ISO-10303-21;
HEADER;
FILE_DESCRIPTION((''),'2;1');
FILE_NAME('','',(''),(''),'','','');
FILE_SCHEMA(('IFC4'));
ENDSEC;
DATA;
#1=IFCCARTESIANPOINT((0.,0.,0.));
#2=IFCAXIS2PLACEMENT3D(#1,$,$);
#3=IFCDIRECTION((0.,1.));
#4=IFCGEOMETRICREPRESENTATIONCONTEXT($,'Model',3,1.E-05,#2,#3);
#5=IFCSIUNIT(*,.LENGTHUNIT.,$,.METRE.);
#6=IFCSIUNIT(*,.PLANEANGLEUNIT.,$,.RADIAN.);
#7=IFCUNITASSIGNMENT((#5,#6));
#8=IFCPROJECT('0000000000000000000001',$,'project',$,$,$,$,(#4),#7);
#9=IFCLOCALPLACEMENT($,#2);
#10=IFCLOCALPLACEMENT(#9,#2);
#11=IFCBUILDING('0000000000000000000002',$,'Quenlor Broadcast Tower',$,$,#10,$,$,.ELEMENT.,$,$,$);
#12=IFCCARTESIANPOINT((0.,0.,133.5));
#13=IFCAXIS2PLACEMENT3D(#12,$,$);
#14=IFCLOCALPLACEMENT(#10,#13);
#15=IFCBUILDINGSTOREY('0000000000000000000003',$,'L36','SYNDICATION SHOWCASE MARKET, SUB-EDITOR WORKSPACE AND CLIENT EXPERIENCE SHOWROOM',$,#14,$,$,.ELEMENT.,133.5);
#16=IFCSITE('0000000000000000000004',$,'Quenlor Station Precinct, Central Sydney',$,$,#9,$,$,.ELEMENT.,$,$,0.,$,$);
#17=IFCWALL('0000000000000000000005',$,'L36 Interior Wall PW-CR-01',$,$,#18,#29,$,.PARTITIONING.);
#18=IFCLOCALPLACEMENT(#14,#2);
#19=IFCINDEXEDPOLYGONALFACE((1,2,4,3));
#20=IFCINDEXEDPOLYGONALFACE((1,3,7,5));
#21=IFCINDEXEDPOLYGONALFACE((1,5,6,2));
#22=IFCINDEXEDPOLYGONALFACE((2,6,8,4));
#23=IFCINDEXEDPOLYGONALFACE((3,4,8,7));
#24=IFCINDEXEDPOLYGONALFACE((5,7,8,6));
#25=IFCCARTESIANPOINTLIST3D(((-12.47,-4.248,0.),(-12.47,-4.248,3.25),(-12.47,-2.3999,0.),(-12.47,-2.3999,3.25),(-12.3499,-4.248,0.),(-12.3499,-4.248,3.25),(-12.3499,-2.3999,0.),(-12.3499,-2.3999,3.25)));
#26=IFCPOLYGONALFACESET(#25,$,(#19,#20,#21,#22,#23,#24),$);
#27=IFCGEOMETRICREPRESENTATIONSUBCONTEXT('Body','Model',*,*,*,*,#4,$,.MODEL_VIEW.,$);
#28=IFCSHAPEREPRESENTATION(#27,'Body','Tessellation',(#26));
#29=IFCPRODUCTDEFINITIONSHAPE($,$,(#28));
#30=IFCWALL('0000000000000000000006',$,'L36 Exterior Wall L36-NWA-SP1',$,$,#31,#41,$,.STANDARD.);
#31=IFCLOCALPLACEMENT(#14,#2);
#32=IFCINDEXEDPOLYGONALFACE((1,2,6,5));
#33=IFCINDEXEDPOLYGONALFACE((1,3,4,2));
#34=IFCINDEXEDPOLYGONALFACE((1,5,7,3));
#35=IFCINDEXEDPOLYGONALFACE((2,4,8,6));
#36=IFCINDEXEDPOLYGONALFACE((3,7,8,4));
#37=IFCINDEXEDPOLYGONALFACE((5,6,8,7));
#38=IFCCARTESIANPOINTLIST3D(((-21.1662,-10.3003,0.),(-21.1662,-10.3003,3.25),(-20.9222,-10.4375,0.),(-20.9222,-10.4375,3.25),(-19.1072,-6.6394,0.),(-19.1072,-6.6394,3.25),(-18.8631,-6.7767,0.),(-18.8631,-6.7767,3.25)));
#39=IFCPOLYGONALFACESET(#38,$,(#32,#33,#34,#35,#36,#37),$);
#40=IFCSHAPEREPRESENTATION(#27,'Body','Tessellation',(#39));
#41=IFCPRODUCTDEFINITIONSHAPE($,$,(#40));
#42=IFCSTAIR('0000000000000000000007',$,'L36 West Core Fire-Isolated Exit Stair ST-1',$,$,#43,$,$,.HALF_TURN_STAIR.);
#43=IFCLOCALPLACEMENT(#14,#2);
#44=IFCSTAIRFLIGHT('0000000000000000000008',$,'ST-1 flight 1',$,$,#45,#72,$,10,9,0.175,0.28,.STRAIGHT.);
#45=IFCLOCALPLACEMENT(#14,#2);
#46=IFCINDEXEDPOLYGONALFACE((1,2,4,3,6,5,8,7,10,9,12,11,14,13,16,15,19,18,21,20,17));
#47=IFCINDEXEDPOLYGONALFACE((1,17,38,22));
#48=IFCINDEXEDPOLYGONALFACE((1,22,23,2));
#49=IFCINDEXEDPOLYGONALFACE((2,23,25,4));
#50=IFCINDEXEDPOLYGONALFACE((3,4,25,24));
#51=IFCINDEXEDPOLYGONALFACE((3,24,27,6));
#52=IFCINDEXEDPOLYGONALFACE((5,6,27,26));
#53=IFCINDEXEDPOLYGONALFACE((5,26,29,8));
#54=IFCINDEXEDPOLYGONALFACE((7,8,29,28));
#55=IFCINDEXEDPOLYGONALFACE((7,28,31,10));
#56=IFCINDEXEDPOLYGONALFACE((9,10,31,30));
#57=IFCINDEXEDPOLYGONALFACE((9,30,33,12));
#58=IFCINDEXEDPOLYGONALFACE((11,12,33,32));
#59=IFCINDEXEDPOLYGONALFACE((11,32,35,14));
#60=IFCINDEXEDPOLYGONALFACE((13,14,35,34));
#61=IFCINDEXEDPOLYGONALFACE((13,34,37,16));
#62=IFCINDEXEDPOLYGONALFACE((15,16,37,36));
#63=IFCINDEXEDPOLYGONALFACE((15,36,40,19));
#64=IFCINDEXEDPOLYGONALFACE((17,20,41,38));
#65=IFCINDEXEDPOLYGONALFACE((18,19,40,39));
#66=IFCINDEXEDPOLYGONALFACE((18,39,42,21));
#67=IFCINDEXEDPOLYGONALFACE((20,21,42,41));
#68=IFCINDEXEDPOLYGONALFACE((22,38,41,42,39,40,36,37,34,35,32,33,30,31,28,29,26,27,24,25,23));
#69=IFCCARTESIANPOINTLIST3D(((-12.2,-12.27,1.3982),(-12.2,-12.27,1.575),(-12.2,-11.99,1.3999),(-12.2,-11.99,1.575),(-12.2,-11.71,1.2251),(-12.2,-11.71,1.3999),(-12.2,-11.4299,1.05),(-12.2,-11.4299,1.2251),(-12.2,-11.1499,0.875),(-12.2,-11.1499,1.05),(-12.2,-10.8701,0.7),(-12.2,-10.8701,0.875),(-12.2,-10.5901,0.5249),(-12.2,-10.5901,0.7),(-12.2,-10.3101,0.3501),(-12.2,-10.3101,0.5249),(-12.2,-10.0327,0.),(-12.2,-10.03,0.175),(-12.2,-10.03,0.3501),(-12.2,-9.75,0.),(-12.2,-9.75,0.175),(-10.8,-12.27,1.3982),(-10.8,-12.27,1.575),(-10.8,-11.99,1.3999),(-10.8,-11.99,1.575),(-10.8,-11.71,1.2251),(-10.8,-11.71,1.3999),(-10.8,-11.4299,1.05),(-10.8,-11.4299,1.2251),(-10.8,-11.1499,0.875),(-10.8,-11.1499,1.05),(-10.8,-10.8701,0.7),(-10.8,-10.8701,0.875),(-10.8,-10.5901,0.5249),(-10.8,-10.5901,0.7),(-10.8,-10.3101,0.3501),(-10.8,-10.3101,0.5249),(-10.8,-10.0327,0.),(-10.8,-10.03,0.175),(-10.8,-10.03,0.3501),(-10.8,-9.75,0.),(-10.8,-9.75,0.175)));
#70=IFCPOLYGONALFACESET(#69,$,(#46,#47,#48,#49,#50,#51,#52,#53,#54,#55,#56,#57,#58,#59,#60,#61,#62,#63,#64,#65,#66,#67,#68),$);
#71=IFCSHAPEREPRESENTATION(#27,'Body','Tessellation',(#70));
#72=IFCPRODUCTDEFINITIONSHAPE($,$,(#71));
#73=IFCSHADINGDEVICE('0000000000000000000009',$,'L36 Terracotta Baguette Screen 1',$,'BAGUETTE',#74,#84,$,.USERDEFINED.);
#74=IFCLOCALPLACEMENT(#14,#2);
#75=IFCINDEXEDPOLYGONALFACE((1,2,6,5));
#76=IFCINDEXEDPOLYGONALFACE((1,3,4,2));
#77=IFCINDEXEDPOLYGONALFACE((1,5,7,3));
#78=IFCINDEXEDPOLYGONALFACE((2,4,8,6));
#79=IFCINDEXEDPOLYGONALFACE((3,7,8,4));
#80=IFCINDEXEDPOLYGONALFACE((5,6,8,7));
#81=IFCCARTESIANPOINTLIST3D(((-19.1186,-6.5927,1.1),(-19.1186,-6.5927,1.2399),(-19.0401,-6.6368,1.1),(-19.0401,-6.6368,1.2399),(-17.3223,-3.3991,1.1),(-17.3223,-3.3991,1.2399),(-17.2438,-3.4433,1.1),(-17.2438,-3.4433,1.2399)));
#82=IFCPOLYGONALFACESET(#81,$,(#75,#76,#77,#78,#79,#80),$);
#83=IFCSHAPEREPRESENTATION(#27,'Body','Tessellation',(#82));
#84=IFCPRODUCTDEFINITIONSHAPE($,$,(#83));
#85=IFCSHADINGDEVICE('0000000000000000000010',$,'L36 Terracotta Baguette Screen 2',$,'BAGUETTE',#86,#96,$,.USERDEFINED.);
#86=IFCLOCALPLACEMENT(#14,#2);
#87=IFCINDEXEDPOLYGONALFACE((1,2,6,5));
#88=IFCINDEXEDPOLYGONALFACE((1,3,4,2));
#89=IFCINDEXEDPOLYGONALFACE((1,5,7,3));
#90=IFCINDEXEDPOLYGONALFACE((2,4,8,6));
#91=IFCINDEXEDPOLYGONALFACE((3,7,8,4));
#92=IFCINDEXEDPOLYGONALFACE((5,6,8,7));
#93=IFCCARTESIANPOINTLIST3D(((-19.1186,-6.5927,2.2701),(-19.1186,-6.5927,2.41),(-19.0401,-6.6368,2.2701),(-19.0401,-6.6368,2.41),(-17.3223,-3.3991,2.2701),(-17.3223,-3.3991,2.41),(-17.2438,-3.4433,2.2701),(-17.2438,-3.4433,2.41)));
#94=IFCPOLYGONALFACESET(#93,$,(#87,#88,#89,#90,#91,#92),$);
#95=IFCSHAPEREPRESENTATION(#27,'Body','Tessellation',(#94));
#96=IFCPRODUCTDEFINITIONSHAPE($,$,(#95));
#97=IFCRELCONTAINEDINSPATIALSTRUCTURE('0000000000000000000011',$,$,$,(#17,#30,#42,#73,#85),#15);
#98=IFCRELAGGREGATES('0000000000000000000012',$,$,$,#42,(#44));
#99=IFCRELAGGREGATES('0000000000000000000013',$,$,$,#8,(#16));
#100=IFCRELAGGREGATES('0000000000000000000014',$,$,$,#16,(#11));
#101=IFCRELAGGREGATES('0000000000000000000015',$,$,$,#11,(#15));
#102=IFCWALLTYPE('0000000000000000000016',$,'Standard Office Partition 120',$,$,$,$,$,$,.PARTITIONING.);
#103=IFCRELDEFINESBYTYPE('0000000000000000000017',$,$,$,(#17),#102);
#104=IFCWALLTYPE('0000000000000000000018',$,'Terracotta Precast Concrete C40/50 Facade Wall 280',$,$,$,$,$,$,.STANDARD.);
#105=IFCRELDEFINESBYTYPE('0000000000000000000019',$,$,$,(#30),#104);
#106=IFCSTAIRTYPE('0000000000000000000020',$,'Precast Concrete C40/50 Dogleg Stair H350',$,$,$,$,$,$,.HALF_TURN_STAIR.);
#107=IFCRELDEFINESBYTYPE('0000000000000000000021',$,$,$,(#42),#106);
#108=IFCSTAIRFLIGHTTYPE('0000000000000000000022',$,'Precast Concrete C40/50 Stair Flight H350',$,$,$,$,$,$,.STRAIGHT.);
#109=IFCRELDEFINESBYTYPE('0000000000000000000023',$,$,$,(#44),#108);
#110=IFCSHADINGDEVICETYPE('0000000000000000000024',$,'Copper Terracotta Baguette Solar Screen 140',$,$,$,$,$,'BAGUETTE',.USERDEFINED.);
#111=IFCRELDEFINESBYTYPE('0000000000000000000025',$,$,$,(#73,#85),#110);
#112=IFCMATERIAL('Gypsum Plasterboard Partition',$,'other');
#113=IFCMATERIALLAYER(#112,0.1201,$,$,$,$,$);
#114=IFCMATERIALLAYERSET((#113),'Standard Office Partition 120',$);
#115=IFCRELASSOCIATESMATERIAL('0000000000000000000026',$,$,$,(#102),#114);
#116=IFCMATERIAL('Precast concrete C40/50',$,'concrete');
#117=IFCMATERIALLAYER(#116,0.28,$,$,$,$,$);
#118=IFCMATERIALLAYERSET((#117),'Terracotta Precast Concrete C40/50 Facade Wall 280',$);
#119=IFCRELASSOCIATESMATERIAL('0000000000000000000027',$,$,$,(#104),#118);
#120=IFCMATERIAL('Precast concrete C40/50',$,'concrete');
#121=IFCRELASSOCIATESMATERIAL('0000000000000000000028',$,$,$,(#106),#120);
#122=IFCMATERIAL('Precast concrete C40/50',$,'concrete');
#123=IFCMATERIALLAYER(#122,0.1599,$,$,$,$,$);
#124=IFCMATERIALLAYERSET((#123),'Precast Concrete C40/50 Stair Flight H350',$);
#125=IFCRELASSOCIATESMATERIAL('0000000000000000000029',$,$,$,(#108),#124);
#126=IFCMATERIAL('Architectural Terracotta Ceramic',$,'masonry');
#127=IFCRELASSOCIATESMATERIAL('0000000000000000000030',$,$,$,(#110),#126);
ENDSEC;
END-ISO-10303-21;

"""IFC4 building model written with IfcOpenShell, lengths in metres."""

from ifc_helpers import new_model, si_unit, direction, frame, frame_2d, origin, origin_2d, place, context, subcontext, project, spatial, polyline, rectangle, outline, extrude, material, layer, layer_set, material_profile, profile_set, type_object, element, aggregate, save


model = new_model("IFC4")

# Units and contexts
model_context = context("Model", 3, precision=1e-05, world=origin(), true_north=direction((0.0, 1.0)))
body_context = subcontext(model_context, "Body", "Model", "MODEL_VIEW")
ifc_project = project(units=[si_unit("LENGTHUNIT", "METRE"), si_unit("PLANEANGLEUNIT", "RADIAN")], contexts=[model_context])

# Site, building, storey
site_placement = place(None, origin())
site = spatial("IfcSite", under=ifc_project, at=site_placement, Name="Quenlor Station Precinct, Central Sydney", CompositionType="ELEMENT", RefElevation=0.0)
building_placement = place(site_placement, origin())
building = spatial("IfcBuilding", under=site, at=building_placement, Name="Quenlor Broadcast Tower", CompositionType="ELEMENT")
storey_placement = place(building_placement, frame((0.0, 0.0, 133.5)))
storey = spatial("IfcBuildingStorey", under=building, at=storey_placement, Name="L36", Description="SYNDICATION SHOWCASE MARKET, SUB-EDITOR WORKSPACE AND CLIENT EXPERIENCE SHOWROOM", CompositionType="ELEMENT", Elevation=133.5)

# Walls
ifc_material_1 = material(Name="Gypsum Plasterboard Partition", Category="other")
ifc_layer_1 = layer(ifc_material_1, 0.1201)
ifc_layer_set_1 = layer_set([ifc_layer_1], Name="Standard Office Partition 120")
wall_type_1 = type_object("IfcWallType", Name="Standard Office Partition 120", PredefinedType="PARTITIONING", material=ifc_layer_set_1)
wall_1_placement = place(storey_placement, frame((-12.4099, -4.248, 0.0), z_axis=(0.0, 0.0, 1.0), x_axis=(0.0, 1.0, 0.0)))
element("IfcWall", 1, at=wall_1_placement, inside=storey, type_object=wall_type_1, Name="L36 Interior Wall PW-CR-01", PredefinedType="PARTITIONING", context=body_context, shape_type="SweptSolid", body=[
    extrude(rectangle(XDim=1.8481, YDim=0.1201, at=frame_2d((0.9241, 0.0))), origin(), (0.0, 0.0, 1.0), 3.25),
])
ifc_material_2 = material(Name="Precast concrete C40/50", Category="concrete")
ifc_layer_2 = layer(ifc_material_2, 0.28)
ifc_layer_set_2 = layer_set([ifc_layer_2], Name="Terracotta Precast Concrete C40/50 Facade Wall 280")
wall_type_2 = type_object("IfcWallType", Name="Terracotta Precast Concrete C40/50 Facade Wall 280", PredefinedType="STANDARD", material=ifc_layer_set_2)
wall_2_placement = place(storey_placement, frame((-21.0442, -10.3689, 0.0), z_axis=(0.0, 0.0, 1.0), x_axis=(0.490231, 0.871593, 0.0)))
element("IfcWall", 2, at=wall_2_placement, inside=storey, type_object=wall_type_2, Name="L36 Exterior Wall L36-NWA-SP1", PredefinedType="STANDARD", context=body_context, shape_type="SweptSolid", body=[
    extrude(rectangle(XDim=4.2002, YDim=0.28, at=frame_2d((2.1001, 0.0))), origin(), (0.0, 0.0, 1.0), 3.25),
])

# Stair, stair flight
ifc_material_3 = material(Name="Precast concrete C40/50", Category="concrete")
stair_type = type_object("IfcStairType", Name="Precast Concrete C40/50 Dogleg Stair H350", PredefinedType="HALF_TURN_STAIR", material=ifc_material_3)
stair_placement = place(storey_placement, origin())
stair = element("IfcStair", 3, at=stair_placement, inside=storey, type_object=stair_type, Name="L36 West Core Fire-Isolated Exit Stair ST-1", PredefinedType="HALF_TURN_STAIR")
ifc_material_4 = material(Name="Precast concrete C40/50", Category="concrete")
ifc_layer_3 = layer(ifc_material_4, 0.1599)
ifc_layer_set_3 = layer_set([ifc_layer_3], Name="Precast Concrete C40/50 Stair Flight H350")
stair_flight_type = type_object("IfcStairFlightType", Name="Precast Concrete C40/50 Stair Flight H350", PredefinedType="STRAIGHT", material=ifc_layer_set_3)
stair_flight_placement = place(storey_placement, frame((-11.5, -9.75, 0.0), z_axis=(0.0, 0.0, 1.0), x_axis=(0.0, -1.0, 0.0)))
stair_flight = element("IfcStairFlight", 4, at=stair_flight_placement, type_object=stair_flight_type, Name="ST-1 flight 1", NumberOfRisers=10, NumberOfTreads=9, PredefinedType="STRAIGHT", RiserHeight=0.175, TreadLength=0.28, context=body_context, shape_type="SweptSolid", body=[
    extrude(outline(polyline([(0.0, 0.0), (0.0, 0.175), (0.28, 0.175), (0.28, 0.3501), (0.5601, 0.3501), (0.5601, 0.5249), (0.8401, 0.5249), (0.8401, 0.7), (1.1201, 0.7), (1.1201, 0.875), (1.3999, 0.875), (1.3999, 1.05), (1.6799, 1.05), (1.6799, 1.2251), (1.96, 1.2251), (1.96, 1.3999), (2.24, 1.3999), (2.24, 1.575), (2.52, 1.575), (2.52, 1.75), (2.52, 1.3982), (0.2827, 0.0), (0.0, 0.0)])), frame((0.0, 0.7, 0.0), z_axis=(0.0, -1.0, 0.0), x_axis=(1.0, 0.0, 0.0)), (0.0, 0.0, 1.0), 1.3999),
])
aggregate(stair, [stair_flight])

# Shading devices
ifc_material_5 = material(Name="Architectural Terracotta Ceramic", Category="masonry")
ifc_material_profile_1 = material_profile(ifc_material_5, rectangle(XDim=0.0901, YDim=0.1399, at=origin_2d()))
ifc_profile_set_1 = profile_set([ifc_material_profile_1], Name="Architectural Terracotta Ceramic BAG90x140")
shading_device_type = type_object("IfcShadingDeviceType", Name="Copper Terracotta Baguette Solar Screen 140", ElementType="BAGUETTE", PredefinedType="USERDEFINED", material=ifc_profile_set_1)
for number, where, z_axis, x_axis, name in (
    (5, (-19.0793, -6.6147, 1.1699), (0.490258, 0.871577, 0.0), (-0.871577, 0.490258, 0.0), "L36 Terracotta Baguette Screen 1"),
    (6, (-19.0793, -6.6147, 2.3401), (0.490258, 0.871577, 0.0), (-0.871577, 0.490258, 0.0), "L36 Terracotta Baguette Screen 2"),
):
    element("IfcShadingDevice", number, at=place(storey_placement, frame(where, z_axis=z_axis, x_axis=x_axis)), inside=storey, type_object=shading_device_type, Name=name, ObjectType="BAGUETTE", PredefinedType="USERDEFINED", context=body_context, shape_type="SweptSolid", body=[
        extrude(rectangle(XDim=0.0901, YDim=0.1399, at=origin_2d()), origin(), (0.0, 0.0, 1.0), 3.6641),
    ])

save(model, "model.ifc")
